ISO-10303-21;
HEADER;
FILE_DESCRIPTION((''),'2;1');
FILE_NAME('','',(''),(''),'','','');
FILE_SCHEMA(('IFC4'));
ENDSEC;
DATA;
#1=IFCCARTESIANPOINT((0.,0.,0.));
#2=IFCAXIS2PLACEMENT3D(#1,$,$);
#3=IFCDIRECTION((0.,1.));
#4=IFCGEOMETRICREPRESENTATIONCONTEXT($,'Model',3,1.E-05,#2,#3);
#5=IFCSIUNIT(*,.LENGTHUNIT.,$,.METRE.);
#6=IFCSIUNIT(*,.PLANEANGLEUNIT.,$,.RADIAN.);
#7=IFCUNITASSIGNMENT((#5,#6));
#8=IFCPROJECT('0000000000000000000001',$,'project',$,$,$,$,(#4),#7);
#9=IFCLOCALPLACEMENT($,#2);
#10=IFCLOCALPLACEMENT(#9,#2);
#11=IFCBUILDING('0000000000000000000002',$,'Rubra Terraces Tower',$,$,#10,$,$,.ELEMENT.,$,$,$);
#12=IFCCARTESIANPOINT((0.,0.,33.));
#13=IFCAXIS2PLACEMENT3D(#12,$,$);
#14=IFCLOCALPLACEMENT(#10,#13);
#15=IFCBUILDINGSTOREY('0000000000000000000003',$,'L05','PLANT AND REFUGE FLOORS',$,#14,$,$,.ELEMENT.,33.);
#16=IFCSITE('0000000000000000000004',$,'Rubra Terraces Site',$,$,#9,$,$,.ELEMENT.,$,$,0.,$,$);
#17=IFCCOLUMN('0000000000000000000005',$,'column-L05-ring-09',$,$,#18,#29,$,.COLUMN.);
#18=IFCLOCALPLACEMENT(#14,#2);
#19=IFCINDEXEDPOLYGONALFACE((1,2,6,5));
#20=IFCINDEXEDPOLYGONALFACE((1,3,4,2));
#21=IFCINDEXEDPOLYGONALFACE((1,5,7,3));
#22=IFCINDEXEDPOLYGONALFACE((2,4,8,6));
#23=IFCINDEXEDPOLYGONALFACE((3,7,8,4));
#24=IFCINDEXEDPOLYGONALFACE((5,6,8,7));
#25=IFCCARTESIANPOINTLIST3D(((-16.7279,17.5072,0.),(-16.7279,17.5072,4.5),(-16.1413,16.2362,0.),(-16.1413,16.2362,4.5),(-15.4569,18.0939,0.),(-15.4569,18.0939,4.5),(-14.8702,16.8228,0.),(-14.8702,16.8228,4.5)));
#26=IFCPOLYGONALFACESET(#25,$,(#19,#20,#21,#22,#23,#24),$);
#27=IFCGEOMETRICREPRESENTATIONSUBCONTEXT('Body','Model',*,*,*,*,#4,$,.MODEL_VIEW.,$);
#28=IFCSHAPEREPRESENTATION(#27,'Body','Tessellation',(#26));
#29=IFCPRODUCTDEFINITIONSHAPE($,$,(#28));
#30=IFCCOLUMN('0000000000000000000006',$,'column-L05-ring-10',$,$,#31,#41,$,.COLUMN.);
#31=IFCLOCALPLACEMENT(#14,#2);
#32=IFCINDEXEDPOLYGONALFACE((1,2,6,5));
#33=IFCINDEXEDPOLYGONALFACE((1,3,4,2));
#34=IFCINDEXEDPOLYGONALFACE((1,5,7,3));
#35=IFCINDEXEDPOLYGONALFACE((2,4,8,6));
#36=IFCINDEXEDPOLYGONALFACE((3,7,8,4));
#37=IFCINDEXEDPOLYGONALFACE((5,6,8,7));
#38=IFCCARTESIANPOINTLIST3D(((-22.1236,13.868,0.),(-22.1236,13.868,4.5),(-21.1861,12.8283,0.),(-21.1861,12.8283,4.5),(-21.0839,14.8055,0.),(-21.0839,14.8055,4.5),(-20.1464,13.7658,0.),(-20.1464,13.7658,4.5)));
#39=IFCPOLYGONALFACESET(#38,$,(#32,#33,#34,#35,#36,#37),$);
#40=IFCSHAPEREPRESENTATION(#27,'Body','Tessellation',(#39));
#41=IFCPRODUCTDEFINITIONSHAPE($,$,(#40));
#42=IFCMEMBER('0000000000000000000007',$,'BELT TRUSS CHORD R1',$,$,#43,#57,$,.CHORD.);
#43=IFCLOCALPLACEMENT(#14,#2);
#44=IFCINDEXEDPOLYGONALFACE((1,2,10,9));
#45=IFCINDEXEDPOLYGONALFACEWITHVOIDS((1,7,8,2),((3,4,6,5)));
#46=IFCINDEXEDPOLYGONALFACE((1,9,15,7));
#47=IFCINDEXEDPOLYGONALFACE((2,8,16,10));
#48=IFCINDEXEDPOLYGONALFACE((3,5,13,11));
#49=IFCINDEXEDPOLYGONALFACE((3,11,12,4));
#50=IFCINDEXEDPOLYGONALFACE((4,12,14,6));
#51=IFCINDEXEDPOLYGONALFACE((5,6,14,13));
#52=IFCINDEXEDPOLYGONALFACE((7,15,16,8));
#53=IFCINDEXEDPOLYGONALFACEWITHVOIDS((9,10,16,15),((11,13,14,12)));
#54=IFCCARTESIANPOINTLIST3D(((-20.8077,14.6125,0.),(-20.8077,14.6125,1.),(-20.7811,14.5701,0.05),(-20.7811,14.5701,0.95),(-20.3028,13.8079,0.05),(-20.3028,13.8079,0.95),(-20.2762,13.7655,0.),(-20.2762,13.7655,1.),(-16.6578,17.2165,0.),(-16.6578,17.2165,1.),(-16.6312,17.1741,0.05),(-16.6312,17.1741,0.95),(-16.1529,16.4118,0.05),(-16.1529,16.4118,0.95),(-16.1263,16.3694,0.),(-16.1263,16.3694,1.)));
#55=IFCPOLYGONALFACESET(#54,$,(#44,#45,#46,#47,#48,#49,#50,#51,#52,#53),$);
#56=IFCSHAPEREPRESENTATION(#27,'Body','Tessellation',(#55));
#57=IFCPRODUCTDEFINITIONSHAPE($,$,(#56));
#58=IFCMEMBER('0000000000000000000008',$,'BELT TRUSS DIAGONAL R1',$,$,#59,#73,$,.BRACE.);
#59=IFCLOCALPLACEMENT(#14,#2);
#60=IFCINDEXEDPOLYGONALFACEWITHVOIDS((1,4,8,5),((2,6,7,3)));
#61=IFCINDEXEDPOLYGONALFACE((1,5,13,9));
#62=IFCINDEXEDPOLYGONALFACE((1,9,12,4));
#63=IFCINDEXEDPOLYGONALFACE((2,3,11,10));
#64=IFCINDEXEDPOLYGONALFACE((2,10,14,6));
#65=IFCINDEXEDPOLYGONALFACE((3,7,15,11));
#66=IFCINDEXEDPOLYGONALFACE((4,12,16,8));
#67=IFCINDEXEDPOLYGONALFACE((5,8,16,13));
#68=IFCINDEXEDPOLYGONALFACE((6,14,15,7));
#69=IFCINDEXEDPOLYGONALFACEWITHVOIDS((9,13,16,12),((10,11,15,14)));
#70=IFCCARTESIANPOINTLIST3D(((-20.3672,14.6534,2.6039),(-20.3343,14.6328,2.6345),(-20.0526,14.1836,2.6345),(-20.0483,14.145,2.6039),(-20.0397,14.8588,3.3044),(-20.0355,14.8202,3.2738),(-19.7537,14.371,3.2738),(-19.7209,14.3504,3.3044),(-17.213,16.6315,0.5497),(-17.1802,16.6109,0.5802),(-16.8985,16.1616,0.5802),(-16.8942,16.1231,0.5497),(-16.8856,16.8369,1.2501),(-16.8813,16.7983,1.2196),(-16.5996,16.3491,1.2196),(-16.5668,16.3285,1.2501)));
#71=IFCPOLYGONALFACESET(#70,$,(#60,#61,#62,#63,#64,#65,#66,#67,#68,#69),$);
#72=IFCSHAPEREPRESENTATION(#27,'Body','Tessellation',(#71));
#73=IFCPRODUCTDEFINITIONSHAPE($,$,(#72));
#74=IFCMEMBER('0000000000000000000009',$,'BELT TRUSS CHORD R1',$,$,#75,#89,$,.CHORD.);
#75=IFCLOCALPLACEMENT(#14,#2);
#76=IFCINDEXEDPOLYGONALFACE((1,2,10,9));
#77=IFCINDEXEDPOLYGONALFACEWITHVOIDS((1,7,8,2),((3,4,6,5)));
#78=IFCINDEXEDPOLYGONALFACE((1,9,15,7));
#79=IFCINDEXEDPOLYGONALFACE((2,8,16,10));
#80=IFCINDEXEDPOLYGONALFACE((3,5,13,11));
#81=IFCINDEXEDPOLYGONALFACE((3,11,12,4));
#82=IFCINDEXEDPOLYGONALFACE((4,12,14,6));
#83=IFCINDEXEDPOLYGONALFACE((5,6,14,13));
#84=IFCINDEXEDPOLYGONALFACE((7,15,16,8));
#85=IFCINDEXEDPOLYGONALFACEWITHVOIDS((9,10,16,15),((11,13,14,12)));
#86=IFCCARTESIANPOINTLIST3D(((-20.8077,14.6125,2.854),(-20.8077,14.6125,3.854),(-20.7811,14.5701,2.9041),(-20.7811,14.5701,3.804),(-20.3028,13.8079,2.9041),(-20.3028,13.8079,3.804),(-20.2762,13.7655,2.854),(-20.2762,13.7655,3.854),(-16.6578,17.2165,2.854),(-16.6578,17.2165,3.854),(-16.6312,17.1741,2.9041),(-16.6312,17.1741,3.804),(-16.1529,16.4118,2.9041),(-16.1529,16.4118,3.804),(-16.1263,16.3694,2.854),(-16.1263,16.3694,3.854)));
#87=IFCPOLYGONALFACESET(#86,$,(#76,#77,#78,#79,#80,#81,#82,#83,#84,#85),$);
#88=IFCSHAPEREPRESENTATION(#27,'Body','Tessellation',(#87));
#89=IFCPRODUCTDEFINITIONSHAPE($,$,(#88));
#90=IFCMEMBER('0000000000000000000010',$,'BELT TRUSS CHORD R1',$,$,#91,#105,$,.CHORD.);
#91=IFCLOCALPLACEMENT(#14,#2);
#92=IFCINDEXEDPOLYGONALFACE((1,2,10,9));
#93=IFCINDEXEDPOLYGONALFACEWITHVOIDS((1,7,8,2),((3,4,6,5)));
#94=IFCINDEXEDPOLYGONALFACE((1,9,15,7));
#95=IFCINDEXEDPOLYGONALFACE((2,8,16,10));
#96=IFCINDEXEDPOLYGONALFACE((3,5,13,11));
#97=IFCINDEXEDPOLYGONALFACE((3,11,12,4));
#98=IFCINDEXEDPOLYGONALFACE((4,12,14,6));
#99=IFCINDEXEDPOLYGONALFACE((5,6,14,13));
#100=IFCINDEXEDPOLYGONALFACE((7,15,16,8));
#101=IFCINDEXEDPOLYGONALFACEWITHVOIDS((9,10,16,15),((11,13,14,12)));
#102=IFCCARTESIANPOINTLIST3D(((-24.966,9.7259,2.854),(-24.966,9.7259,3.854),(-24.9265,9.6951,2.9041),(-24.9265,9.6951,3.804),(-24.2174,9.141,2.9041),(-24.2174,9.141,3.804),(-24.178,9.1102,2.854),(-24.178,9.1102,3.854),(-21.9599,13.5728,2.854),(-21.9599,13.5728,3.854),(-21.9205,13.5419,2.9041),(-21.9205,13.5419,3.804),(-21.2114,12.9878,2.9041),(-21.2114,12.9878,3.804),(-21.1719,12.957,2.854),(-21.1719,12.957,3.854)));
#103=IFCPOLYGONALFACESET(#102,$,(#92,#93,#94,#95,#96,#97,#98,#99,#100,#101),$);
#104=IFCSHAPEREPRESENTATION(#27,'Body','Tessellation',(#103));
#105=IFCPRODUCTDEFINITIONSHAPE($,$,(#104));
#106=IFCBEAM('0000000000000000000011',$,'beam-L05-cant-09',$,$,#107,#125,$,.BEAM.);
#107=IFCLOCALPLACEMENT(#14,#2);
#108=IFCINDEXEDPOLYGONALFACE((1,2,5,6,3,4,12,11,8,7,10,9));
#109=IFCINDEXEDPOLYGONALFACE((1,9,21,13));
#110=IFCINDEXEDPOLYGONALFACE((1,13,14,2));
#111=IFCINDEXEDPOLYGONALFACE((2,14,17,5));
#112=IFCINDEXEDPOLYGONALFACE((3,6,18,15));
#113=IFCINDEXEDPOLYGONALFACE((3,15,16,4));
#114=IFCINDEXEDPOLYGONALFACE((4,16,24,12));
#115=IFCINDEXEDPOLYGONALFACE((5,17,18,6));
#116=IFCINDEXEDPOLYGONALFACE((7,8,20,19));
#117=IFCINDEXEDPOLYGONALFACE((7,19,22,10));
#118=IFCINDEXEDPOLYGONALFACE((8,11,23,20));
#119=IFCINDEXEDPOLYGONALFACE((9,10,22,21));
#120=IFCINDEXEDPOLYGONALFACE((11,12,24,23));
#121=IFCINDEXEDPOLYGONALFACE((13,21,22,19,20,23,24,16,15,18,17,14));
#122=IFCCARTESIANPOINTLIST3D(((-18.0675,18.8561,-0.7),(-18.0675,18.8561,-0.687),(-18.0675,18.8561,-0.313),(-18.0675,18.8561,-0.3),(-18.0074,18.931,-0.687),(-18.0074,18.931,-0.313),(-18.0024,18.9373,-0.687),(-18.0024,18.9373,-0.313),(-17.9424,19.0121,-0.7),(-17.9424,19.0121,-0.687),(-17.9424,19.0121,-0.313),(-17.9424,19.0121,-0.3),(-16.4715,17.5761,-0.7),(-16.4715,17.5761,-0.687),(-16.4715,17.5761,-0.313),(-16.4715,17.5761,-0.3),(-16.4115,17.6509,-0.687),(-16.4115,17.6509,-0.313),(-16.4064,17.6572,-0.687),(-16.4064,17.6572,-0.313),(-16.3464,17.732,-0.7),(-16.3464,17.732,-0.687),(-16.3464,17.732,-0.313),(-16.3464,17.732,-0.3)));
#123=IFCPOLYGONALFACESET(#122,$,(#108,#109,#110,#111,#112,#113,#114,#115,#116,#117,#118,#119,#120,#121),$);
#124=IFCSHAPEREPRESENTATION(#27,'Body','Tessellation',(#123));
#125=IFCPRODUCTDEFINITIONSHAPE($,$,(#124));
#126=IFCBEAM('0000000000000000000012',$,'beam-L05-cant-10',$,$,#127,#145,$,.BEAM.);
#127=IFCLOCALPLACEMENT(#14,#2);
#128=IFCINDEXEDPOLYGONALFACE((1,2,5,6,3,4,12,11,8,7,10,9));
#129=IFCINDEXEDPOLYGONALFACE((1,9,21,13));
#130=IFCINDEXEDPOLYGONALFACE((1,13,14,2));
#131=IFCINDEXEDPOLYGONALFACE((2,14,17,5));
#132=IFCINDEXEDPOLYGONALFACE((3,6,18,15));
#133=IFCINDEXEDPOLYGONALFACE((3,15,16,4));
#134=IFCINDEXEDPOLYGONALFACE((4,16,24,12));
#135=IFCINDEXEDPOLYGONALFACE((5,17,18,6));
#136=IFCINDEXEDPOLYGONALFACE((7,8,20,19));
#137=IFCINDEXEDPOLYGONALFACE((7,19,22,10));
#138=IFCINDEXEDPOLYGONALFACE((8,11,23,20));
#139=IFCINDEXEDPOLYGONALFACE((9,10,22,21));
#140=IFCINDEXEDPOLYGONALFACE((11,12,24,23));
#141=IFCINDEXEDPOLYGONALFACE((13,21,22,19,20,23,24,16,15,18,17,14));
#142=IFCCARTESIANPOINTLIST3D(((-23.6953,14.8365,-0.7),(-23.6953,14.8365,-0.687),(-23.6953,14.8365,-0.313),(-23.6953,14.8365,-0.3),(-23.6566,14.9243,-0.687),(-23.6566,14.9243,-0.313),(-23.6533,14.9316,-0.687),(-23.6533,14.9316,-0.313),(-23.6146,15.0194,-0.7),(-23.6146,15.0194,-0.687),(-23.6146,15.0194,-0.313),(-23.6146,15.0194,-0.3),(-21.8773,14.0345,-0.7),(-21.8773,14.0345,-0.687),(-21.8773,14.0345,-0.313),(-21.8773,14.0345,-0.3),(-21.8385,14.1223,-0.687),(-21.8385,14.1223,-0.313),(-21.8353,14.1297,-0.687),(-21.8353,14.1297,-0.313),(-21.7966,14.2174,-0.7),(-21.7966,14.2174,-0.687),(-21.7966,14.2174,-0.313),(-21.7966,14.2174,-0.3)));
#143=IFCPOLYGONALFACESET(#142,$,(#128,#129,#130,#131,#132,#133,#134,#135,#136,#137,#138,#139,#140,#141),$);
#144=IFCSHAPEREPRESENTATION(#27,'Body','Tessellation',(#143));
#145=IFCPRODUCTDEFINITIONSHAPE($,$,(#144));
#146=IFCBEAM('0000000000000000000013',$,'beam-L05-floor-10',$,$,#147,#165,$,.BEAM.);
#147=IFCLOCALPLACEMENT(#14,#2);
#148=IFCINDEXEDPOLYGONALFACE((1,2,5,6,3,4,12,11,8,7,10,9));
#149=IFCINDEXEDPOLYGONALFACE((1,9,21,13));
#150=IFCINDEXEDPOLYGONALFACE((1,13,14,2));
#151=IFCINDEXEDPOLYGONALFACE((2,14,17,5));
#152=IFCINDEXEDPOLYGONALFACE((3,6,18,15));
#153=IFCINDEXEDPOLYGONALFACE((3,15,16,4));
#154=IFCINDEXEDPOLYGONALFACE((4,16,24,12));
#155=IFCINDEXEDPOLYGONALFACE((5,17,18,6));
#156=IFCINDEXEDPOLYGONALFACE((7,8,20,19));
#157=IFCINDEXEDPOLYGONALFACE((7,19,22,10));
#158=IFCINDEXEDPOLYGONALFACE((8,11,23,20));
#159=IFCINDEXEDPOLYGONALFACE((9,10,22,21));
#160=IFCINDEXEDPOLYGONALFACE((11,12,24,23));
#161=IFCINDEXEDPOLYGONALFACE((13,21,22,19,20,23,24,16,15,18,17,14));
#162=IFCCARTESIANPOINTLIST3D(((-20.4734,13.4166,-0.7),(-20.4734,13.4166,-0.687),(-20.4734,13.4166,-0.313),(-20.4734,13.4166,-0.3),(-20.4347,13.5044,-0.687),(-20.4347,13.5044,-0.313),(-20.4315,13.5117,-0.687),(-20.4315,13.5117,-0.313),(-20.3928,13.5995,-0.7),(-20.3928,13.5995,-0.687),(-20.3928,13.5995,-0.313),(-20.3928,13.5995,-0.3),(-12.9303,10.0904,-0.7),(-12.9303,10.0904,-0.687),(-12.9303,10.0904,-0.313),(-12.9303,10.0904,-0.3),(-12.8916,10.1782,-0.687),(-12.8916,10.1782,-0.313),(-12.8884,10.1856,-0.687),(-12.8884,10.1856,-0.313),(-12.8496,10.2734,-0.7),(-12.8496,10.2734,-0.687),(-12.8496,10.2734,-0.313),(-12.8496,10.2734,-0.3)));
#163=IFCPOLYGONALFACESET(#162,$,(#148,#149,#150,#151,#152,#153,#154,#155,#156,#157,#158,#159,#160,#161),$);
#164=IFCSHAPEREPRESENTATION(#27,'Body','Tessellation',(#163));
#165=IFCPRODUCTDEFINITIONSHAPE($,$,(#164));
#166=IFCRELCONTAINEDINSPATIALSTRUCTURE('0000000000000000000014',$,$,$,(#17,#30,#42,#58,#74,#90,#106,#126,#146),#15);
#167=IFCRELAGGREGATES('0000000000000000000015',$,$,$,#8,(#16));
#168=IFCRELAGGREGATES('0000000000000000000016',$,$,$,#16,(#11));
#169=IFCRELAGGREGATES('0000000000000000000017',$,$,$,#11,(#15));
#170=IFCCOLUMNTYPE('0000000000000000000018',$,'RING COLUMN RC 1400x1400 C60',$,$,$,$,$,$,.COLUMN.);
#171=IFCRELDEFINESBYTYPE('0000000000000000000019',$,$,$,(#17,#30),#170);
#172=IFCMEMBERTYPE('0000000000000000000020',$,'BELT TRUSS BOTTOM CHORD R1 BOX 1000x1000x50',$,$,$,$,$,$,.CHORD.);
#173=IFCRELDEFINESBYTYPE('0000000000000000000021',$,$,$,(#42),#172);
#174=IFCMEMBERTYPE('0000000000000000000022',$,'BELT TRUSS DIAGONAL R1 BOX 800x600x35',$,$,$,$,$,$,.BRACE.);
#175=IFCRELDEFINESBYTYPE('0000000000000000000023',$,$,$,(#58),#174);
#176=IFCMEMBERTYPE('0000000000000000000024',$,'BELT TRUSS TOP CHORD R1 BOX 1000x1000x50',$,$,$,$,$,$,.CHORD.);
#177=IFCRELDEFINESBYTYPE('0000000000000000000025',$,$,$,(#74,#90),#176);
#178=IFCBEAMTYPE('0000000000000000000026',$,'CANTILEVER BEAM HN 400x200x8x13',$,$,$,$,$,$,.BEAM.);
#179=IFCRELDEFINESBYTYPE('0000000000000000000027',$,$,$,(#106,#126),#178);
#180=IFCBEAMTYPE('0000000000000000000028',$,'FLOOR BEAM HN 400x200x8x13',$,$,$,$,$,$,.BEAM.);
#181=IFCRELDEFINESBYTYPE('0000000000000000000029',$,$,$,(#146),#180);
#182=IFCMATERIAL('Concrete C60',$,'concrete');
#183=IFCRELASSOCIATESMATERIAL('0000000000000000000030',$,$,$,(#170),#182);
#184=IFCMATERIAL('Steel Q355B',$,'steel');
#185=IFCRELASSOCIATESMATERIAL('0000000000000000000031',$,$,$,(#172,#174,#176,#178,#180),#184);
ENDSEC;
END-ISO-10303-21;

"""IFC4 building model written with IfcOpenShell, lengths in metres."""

from ifc_helpers import new_model, si_unit, direction, frame, origin, origin_2d, place, context, subcontext, project, spatial, rectangle, hollow_rectangle, i_section, extrude, material, material_profile, profile_set, type_object, element, save


model = new_model("IFC4")

# Units and contexts
model_context = context("Model", 3, precision=1e-05, world=origin(), true_north=direction((0.0, 1.0)))
body_context = subcontext(model_context, "Body", "Model", "MODEL_VIEW")
ifc_project = project(units=[si_unit("LENGTHUNIT", "METRE"), si_unit("PLANEANGLEUNIT", "RADIAN")], contexts=[model_context])

# Site, building, storey
site_placement = place(None, origin())
site = spatial("IfcSite", under=ifc_project, at=site_placement, Name="Rubra Terraces Site", CompositionType="ELEMENT", RefElevation=0.0)
building_placement = place(site_placement, origin())
building = spatial("IfcBuilding", under=site, at=building_placement, Name="Rubra Terraces Tower", CompositionType="ELEMENT")
storey_placement = place(building_placement, frame((0.0, 0.0, 33.0)))
storey = spatial("IfcBuildingStorey", under=building, at=storey_placement, Name="L05", Description="PLANT AND REFUGE FLOORS", CompositionType="ELEMENT", Elevation=33.0)

# Columns
ifc_material_1 = material(Name="Concrete C60", Category="concrete")
ifc_material_profile_1 = material_profile(ifc_material_1, rectangle(XDim=1.3999, YDim=1.3999, at=origin_2d()), Name="RC 1400x1400")
ifc_profile_set_1 = profile_set([ifc_material_profile_1], Name="Concrete C60")
column_type = type_object("IfcColumnType", Name="RING COLUMN RC 1400x1400 C60", PredefinedType="COLUMN", material=ifc_profile_set_1)
for number, where, z_axis, x_axis, name in (
    (1, (-15.7991, 17.165, 0.0), (0.0, 0.0, 1.0), (-0.907952, -0.419073, 0.0), "column-L05-ring-09"),
    (2, (-21.135, 13.8169, 0.0), (0.0, 0.0, 1.0), (-0.742676, -0.669651, 0.0), "column-L05-ring-10"),
):
    element("IfcColumn", number, at=place(storey_placement, frame(where, z_axis=z_axis, x_axis=x_axis)), inside=storey, type_object=column_type, Name=name, PredefinedType="COLUMN", context=body_context, shape_type="SweptSolid", body=[
        extrude(rectangle(XDim=1.3999, YDim=1.3999, at=origin_2d()), origin(), (0.0, 0.0, 1.0), 4.5),
    ])

# Members
ifc_material_2 = material(Name="Steel Q355B", Category="steel")
ifc_material_profile_2 = material_profile(ifc_material_2, hollow_rectangle(XDim=1.0, YDim=1.0, WallThickness=0.05, at=origin_2d()), Name="BOX 1000x1000x50")
ifc_profile_set_2 = profile_set([ifc_material_profile_2], Name="Steel Q355B")
member_type_1 = type_object("IfcMemberType", Name="BELT TRUSS BOTTOM CHORD R1 BOX 1000x1000x50", PredefinedType="CHORD", material=ifc_profile_set_2)
member_1_placement = place(storey_placement, frame((-16.3921, 16.793, 0.5), z_axis=(-0.847051, -0.531512, 0.0), x_axis=(0.531512, -0.847051, 0.0)))
element("IfcMember", 3, at=member_1_placement, inside=storey, type_object=member_type_1, Name="BELT TRUSS CHORD R1", PredefinedType="CHORD", context=body_context, shape_type="SweptSolid", body=[
    extrude(hollow_rectangle(XDim=1.0, YDim=1.0, WallThickness=0.05, at=origin_2d()), origin(), (0.0, 0.0, 1.0), 4.8992),
])
ifc_material_profile_3 = material_profile(ifc_material_2, hollow_rectangle(XDim=0.6001, YDim=0.8, WallThickness=0.0349, at=origin_2d()), Name="BOX 800x600x35")
ifc_profile_set_3 = profile_set([ifc_material_profile_3], Name="Steel Q355B")
member_type_2 = type_object("IfcMemberType", Name="BELT TRUSS DIAGONAL R1 BOX 800x600x35", PredefinedType="BRACE", material=ifc_profile_set_3)
member_2_placement = place(storey_placement, frame((-16.8899, 16.48, 0.8999), z_axis=(-0.741763, -0.465188, 0.483102), x_axis=(0.531301, -0.847183, 0.0)))
element("IfcMember", 4, at=member_2_placement, inside=storey, type_object=member_type_2, Name="BELT TRUSS DIAGONAL R1", PredefinedType="BRACE", context=body_context, shape_type="SweptSolid", body=[
    extrude(hollow_rectangle(XDim=0.6001, YDim=0.8, WallThickness=0.0349, at=origin_2d()), origin(), (0.0, 0.0, 1.0), 4.2522),
])
ifc_material_profile_4 = material_profile(ifc_material_2, hollow_rectangle(XDim=1.0, YDim=1.0, WallThickness=0.05, at=origin_2d()), Name="BOX 1000x1000x50")
ifc_profile_set_4 = profile_set([ifc_material_profile_4], Name="Steel Q355B")
member_type_3 = type_object("IfcMemberType", Name="BELT TRUSS TOP CHORD R1 BOX 1000x1000x50", PredefinedType="CHORD", material=ifc_profile_set_4)
member_3_placement = place(storey_placement, frame((-16.3921, 16.793, 3.354), z_axis=(-0.847051, -0.531512, 0.0), x_axis=(0.531512, -0.847051, 0.0)))
element("IfcMember", 5, at=member_3_placement, inside=storey, type_object=member_type_3, Name="BELT TRUSS CHORD R1", PredefinedType="CHORD", context=body_context, shape_type="SweptSolid", body=[
    extrude(hollow_rectangle(XDim=1.0, YDim=1.0, WallThickness=0.05, at=origin_2d()), origin(), (0.0, 0.0, 1.0), 4.8992),
])
member_4_placement = place(storey_placement, frame((-21.5659, 13.2649, 3.354), z_axis=(-0.615732, -0.787955, 0.0), x_axis=(0.787955, -0.615732, 0.0)))
element("IfcMember", 6, at=member_4_placement, inside=storey, type_object=member_type_3, Name="BELT TRUSS CHORD R1", PredefinedType="CHORD", context=body_context, shape_type="SweptSolid", body=[
    extrude(hollow_rectangle(XDim=1.0, YDim=1.0, WallThickness=0.05, at=origin_2d()), origin(), (0.0, 0.0, 1.0), 4.8821),
])

# Beams
ifc_material_profile_5 = material_profile(ifc_material_2, i_section(OverallWidth=0.2, OverallDepth=0.3999, WebThickness=0.0081, FlangeThickness=0.0129, at=origin_2d()), Name="HN 400x200x8x13")
ifc_profile_set_5 = profile_set([ifc_material_profile_5], Name="Steel Q355B")
beam_type_1 = type_object("IfcBeamType", Name="CANTILEVER BEAM HN 400x200x8x13", PredefinedType="BEAM", material=ifc_profile_set_5)
beam_1_placement = place(storey_placement, frame((-16.4089, 17.6541, -0.5), z_axis=(-0.780088, 0.62567, 0.0), x_axis=(-0.62567, -0.780088, 0.0)))
element("IfcBeam", 7, at=beam_1_placement, inside=storey, type_object=beam_type_1, Name="beam-L05-cant-09", PredefinedType="BEAM", context=body_context, shape_type="SweptSolid", body=[
    extrude(i_section(OverallWidth=0.2, OverallDepth=0.3999, WebThickness=0.0081, FlangeThickness=0.0129, at=origin_2d()), origin(), (0.0, 0.0, 1.0), 2.0459),
])
beam_2_placement = place(storey_placement, frame((-21.8369, 14.126, -0.5), z_axis=(-0.914938, 0.403595, 0.0), x_axis=(-0.403595, -0.914938, 0.0)))
element("IfcBeam", 8, at=beam_2_placement, inside=storey, type_object=beam_type_1, Name="beam-L05-cant-10", PredefinedType="BEAM", context=body_context, shape_type="SweptSolid", body=[
    extrude(i_section(OverallWidth=0.2, OverallDepth=0.3999, WebThickness=0.0081, FlangeThickness=0.0129, at=origin_2d()), origin(), (0.0, 0.0, 1.0), 1.9871),
])
ifc_material_profile_6 = material_profile(ifc_material_2, i_section(OverallWidth=0.2, OverallDepth=0.3999, WebThickness=0.0081, FlangeThickness=0.0129, at=origin_2d()), Name="HN 400x200x8x13")
ifc_profile_set_6 = profile_set([ifc_material_profile_6], Name="Steel Q355B")
beam_type_2 = type_object("IfcBeamType", Name="FLOOR BEAM HN 400x200x8x13", PredefinedType="BEAM", material=ifc_profile_set_6)
beam_3_placement = place(storey_placement, frame((-20.4331, 13.5081, -0.5), z_axis=(0.914995, -0.403466, 0.0), x_axis=(0.403466, 0.914995, 0.0)))
element("IfcBeam", 9, at=beam_3_placement, inside=storey, type_object=beam_type_2, Name="beam-L05-floor-10", PredefinedType="BEAM", context=body_context, shape_type="SweptSolid", body=[
    extrude(i_section(OverallWidth=0.2, OverallDepth=0.3999, WebThickness=0.0081, FlangeThickness=0.0129, at=origin_2d()), origin(), (0.0, 0.0, 1.0), 8.2439),
])

save(model, "model.ifc")
